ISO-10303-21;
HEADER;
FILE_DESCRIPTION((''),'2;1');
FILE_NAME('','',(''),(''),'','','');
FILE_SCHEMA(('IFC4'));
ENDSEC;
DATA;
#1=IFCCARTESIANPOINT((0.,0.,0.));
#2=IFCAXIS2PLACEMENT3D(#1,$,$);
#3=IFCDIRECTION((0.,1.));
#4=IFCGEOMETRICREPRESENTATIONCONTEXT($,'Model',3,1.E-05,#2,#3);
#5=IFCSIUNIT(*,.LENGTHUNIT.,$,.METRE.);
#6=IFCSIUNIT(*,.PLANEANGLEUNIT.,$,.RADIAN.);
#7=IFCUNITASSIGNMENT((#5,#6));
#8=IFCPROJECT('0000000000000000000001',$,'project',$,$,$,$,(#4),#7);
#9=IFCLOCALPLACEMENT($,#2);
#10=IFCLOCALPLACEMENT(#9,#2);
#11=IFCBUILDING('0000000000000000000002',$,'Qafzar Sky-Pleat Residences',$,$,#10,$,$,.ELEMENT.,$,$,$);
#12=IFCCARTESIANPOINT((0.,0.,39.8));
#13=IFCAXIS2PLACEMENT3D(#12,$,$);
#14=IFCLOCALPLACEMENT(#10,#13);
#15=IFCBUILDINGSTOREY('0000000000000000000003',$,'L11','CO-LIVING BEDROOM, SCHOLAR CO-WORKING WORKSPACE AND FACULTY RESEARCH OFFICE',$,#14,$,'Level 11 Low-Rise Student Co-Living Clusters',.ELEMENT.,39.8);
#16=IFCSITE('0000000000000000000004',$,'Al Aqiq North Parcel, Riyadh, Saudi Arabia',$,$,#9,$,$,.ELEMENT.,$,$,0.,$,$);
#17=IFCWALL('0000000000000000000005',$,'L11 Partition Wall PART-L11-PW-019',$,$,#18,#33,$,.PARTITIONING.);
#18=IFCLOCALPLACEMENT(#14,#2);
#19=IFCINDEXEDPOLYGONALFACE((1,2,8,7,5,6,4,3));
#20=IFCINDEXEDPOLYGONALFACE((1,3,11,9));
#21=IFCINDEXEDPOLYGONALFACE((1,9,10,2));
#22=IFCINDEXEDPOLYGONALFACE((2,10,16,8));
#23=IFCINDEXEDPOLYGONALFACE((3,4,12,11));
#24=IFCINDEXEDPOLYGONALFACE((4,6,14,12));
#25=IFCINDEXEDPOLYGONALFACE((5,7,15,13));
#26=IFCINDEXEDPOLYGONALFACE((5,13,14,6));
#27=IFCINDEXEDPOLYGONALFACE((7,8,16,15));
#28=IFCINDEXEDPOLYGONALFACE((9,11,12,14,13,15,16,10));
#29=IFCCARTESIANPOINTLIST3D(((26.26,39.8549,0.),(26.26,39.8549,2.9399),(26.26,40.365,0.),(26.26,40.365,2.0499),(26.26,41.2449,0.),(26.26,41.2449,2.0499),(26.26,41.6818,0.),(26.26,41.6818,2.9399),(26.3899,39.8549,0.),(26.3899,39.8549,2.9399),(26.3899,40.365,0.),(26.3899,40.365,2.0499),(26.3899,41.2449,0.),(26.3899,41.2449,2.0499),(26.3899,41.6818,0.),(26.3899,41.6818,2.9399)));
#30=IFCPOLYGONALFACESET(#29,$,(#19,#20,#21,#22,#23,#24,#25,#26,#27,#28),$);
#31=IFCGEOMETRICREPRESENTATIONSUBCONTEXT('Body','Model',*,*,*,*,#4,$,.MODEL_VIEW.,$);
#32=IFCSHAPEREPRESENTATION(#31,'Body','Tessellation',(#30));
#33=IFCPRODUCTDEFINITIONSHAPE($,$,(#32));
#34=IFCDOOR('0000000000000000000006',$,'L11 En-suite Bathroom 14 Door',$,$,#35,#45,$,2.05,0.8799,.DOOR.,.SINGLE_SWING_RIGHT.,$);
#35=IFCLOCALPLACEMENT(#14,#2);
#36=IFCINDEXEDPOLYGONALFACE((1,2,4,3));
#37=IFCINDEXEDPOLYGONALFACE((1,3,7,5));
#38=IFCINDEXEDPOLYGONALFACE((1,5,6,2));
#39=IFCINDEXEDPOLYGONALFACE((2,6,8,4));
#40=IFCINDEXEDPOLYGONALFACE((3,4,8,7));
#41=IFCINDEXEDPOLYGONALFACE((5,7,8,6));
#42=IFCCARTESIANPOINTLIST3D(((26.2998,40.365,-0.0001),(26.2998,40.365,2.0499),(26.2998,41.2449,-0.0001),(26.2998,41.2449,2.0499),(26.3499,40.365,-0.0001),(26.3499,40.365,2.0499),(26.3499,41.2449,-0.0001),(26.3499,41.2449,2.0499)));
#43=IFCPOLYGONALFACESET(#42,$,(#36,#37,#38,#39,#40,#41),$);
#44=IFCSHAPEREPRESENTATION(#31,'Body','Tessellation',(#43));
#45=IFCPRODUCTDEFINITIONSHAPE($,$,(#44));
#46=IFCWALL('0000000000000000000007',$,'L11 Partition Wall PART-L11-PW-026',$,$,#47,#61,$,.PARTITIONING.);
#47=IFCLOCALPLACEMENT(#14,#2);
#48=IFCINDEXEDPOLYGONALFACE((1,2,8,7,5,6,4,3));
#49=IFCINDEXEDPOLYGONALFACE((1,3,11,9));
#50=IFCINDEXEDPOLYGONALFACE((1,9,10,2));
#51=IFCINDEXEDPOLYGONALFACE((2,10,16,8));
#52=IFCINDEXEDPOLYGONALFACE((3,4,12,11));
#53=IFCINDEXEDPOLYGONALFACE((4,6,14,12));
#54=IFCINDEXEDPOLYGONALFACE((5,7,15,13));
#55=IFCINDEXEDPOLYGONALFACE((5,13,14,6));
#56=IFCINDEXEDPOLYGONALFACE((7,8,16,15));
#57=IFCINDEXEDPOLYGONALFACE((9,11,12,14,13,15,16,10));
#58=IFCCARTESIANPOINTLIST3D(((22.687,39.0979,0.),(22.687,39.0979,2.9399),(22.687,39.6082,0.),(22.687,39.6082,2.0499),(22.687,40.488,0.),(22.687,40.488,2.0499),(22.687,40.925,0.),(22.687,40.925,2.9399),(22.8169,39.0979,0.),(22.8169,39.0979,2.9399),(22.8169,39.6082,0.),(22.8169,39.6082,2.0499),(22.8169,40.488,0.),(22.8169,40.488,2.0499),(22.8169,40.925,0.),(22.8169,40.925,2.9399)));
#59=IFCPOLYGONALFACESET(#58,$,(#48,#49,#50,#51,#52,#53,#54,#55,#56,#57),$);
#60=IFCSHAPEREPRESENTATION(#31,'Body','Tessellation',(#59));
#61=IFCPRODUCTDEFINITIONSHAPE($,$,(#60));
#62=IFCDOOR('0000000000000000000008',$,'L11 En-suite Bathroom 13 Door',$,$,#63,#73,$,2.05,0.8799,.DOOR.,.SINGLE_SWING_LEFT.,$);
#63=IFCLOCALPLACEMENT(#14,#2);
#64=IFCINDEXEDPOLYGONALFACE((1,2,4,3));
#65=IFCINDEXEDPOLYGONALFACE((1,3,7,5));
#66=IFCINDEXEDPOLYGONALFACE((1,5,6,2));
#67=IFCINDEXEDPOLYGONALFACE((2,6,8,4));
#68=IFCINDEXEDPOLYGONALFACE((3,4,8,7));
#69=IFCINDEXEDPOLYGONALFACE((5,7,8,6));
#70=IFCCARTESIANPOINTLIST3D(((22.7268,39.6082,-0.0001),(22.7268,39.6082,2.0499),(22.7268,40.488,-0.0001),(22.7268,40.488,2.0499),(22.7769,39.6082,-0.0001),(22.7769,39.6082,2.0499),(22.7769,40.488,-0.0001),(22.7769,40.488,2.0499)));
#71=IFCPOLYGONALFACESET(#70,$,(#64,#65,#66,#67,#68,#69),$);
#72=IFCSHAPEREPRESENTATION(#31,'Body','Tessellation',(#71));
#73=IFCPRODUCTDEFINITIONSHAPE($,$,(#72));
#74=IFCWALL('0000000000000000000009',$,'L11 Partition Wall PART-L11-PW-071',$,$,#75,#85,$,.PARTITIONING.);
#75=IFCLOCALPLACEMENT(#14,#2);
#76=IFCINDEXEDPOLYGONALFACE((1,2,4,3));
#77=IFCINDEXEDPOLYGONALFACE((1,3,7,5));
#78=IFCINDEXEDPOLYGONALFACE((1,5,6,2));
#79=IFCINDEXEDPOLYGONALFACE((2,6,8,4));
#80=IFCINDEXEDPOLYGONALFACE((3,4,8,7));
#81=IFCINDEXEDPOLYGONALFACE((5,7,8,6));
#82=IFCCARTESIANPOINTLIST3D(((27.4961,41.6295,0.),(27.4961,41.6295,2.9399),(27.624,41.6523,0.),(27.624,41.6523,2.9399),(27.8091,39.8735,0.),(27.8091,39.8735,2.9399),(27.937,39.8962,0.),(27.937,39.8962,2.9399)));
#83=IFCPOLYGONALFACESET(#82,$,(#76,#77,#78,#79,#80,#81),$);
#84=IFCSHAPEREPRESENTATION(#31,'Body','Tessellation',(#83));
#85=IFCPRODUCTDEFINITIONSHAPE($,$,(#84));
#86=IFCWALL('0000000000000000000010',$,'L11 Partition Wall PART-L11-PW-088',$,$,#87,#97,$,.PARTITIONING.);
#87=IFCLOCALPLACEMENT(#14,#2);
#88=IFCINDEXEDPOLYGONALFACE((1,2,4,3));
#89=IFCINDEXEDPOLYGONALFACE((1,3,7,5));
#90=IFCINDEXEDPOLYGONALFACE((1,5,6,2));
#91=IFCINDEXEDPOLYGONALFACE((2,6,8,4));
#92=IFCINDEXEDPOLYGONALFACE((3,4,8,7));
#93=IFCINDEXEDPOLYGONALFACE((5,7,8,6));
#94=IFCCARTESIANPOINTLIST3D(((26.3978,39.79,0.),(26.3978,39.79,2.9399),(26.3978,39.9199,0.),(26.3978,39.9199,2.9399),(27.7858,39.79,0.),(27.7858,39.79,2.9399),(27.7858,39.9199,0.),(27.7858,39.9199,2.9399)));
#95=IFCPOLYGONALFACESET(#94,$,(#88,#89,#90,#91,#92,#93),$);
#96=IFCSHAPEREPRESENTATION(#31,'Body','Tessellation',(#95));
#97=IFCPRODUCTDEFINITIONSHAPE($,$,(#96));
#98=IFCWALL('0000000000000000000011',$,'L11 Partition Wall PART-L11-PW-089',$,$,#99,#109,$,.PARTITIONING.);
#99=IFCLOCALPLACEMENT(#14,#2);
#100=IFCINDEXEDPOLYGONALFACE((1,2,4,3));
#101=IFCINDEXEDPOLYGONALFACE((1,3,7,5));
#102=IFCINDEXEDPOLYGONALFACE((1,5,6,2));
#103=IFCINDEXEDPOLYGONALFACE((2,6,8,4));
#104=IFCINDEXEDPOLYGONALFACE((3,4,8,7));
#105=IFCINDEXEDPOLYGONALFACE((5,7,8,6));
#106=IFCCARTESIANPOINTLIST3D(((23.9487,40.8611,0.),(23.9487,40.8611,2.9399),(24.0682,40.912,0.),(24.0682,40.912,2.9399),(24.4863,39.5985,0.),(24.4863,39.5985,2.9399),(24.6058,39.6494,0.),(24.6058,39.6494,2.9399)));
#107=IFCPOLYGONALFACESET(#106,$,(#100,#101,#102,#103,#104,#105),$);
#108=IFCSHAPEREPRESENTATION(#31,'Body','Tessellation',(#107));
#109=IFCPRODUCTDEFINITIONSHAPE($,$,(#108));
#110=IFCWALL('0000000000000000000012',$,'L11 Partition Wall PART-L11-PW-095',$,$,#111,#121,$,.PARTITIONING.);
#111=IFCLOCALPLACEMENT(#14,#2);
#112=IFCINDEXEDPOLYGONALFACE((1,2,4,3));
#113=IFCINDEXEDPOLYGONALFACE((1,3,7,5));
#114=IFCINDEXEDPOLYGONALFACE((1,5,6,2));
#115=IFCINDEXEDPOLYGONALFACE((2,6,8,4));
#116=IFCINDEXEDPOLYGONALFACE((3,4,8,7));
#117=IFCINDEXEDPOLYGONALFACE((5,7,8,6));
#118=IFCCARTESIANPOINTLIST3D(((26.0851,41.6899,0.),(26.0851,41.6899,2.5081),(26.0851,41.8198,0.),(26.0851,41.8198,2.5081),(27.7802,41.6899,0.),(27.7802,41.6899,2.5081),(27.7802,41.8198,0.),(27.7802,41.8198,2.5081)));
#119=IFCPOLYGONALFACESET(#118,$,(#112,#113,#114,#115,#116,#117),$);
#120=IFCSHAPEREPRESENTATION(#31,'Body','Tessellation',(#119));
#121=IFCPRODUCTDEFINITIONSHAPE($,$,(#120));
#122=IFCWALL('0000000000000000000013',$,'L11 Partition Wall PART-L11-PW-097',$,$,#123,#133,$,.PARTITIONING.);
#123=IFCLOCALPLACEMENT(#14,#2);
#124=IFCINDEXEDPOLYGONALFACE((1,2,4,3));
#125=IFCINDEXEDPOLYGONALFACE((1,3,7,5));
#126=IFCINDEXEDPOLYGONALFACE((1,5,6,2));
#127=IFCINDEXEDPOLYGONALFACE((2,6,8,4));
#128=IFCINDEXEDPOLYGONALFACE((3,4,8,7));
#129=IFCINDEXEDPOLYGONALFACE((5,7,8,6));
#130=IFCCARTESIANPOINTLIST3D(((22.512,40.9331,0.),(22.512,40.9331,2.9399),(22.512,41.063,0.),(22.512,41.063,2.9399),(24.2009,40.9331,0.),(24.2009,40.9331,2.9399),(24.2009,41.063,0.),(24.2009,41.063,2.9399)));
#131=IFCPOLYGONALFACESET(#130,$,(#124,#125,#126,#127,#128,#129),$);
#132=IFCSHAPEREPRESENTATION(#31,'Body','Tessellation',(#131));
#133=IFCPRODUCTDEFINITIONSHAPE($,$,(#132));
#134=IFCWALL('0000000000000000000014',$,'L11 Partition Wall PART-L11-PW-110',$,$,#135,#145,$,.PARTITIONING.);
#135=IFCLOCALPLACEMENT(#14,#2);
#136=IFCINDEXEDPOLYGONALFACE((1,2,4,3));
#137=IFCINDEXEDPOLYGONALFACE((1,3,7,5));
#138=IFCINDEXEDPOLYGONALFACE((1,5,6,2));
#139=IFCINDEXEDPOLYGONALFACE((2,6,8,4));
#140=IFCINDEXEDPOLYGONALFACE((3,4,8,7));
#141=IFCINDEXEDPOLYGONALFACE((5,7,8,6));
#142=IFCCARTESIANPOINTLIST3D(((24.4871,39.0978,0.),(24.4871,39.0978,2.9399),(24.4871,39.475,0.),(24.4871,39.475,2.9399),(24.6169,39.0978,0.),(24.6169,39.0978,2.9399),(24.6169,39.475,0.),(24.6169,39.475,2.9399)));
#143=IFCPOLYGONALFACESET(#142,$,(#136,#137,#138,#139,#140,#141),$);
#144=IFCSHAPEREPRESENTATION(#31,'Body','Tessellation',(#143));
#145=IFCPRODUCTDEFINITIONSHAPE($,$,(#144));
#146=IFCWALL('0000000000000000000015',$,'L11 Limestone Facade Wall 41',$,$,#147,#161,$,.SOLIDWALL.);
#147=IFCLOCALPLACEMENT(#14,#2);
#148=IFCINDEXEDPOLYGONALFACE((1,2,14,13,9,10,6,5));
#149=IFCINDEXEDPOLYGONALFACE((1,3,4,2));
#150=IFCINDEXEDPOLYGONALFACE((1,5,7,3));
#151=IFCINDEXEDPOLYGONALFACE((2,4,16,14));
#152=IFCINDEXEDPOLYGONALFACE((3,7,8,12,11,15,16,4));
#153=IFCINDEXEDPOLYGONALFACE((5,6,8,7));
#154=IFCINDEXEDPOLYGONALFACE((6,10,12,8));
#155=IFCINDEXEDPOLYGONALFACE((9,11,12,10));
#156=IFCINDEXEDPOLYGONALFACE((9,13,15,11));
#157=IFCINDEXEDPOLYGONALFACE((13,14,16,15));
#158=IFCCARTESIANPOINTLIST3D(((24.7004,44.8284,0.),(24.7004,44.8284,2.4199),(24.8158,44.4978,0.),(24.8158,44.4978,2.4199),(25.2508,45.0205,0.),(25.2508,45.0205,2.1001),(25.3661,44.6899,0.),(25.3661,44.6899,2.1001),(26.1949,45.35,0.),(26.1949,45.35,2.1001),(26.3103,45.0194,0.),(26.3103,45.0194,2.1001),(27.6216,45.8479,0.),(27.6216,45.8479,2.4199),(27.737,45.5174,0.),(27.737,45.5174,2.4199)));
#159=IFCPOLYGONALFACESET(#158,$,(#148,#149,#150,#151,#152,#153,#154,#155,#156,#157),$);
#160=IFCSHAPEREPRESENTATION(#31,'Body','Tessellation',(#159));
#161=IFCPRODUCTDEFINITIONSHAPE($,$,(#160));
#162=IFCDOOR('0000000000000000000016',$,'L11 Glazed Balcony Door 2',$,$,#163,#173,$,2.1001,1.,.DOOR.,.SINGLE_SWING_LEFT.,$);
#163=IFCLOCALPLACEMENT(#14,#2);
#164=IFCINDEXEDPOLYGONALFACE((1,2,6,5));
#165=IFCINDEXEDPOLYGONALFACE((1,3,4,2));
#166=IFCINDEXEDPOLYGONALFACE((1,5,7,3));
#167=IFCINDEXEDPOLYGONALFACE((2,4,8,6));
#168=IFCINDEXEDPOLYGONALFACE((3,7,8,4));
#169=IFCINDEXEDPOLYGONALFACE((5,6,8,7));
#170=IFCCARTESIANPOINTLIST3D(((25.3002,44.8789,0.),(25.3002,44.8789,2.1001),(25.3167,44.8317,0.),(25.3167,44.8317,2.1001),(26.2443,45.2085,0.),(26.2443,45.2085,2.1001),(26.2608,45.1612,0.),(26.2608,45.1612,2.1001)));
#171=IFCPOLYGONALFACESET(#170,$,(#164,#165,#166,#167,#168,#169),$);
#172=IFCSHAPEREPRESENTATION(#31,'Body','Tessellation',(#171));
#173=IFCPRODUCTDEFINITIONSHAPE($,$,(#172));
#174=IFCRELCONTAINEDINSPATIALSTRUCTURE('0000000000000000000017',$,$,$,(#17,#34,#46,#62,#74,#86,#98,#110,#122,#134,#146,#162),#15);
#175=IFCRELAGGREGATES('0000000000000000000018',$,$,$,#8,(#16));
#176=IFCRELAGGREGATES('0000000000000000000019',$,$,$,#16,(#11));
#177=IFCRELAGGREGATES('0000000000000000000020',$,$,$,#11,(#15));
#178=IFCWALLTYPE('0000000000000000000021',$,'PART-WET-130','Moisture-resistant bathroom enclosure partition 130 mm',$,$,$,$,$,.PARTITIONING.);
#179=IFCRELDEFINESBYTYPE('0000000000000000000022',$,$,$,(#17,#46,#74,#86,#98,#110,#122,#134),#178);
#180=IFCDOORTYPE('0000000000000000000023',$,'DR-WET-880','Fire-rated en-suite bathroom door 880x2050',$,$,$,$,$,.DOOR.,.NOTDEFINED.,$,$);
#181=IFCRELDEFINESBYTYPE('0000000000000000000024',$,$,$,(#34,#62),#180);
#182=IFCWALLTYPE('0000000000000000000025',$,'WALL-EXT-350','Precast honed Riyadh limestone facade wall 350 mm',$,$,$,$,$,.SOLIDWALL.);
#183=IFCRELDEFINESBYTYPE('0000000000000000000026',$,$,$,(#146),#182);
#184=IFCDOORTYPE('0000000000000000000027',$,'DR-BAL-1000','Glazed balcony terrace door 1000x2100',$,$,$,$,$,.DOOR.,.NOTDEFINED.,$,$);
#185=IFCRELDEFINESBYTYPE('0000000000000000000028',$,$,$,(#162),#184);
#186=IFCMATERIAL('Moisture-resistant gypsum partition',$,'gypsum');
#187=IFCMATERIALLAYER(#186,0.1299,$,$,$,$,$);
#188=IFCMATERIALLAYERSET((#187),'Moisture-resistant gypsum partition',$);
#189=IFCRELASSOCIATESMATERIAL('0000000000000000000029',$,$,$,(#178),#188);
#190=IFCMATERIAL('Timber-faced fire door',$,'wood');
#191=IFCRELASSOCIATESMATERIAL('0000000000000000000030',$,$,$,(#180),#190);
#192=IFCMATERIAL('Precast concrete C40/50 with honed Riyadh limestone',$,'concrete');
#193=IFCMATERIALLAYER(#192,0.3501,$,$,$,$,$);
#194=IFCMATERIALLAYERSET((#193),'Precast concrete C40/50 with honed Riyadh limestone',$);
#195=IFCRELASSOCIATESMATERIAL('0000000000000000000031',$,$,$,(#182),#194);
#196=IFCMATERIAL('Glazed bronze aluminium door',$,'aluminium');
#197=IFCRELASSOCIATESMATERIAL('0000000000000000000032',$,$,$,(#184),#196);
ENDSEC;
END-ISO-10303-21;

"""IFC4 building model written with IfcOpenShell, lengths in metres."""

from ifc_helpers import new_model, si_unit, direction, frame, frame_2d, origin, place, context, subcontext, project, spatial, rectangle, extrude, source, transform, mapped, material, layer, layer_set, type_object, element, fill, save


model = new_model("IFC4")

# Units and contexts
model_context = context("Model", 3, precision=1e-05, world=origin(), true_north=direction((0.0, 1.0)))
body_context = subcontext(model_context, "Body", "Model", "MODEL_VIEW")
ifc_project = project(units=[si_unit("LENGTHUNIT", "METRE"), si_unit("PLANEANGLEUNIT", "RADIAN")], contexts=[model_context])

# Site, building, storey
site_placement = place(None, origin())
site = spatial("IfcSite", under=ifc_project, at=site_placement, Name="Al Aqiq North Parcel, Riyadh, Saudi Arabia", CompositionType="ELEMENT", RefElevation=0.0)
building_placement = place(site_placement, origin())
building = spatial("IfcBuilding", under=site, at=building_placement, Name="Qafzar Sky-Pleat Residences", CompositionType="ELEMENT")
storey_placement = place(building_placement, frame((0.0, 0.0, 39.8)))
storey = spatial("IfcBuildingStorey", under=building, at=storey_placement, Name="L11", Description="CO-LIVING BEDROOM, SCHOLAR CO-WORKING WORKSPACE AND FACULTY RESEARCH OFFICE", LongName="Level 11 Low-Rise Student Co-Living Clusters", CompositionType="ELEMENT", Elevation=39.8)

# Walls, openings, doors
ifc_material_1 = material(Name="Moisture-resistant gypsum partition", Category="gypsum")
ifc_layer_1 = layer(ifc_material_1, 0.1299)
ifc_layer_set_1 = layer_set([ifc_layer_1], Name="Moisture-resistant gypsum partition")
wall_type_1 = type_object("IfcWallType", Name="PART-WET-130", Description="Moisture-resistant bathroom enclosure partition 130 mm", PredefinedType="PARTITIONING", material=ifc_layer_set_1)
wall_1_placement = place(storey_placement, frame((26.325, 41.6819, 0.0), z_axis=(0.0, 0.0, 1.0), x_axis=(0.0, -1.0, 0.0)))
wall_1 = element("IfcWall", 1, at=wall_1_placement, inside=storey, type_object=wall_type_1, Name="L11 Partition Wall PART-L11-PW-019", PredefinedType="PARTITIONING", context=body_context, shape_type="SweptSolid", body=[
    extrude(rectangle(XDim=1.8269, YDim=0.1299, at=frame_2d((0.9136, 0.0))), origin(), (0.0, 0.0, 1.0), 2.9399),
])
opening_1_placement = place(wall_1_placement, frame((0.437, 0.0, 0.0)))
opening_1 = element("IfcOpeningElement", 2, at=opening_1_placement, cuts=wall_1, PredefinedType="OPENING", context=body_context, shape_type="SweptSolid", body=[
    extrude(rectangle(XDim=0.8799, YDim=2.05, at=frame_2d((0.4399, 1.0249))), frame((0.0, 0.075, 0.0), z_axis=(0.0, -1.0, 0.0), x_axis=(1.0, 0.0, 0.0)), (0.0, 0.0, 1.0), 0.1499),
])
ifc_material_2 = material(Name="Timber-faced fire door", Category="wood")
door_type_1 = type_object("IfcDoorType", Name="DR-WET-880", Description="Fire-rated en-suite bathroom door 880x2050", OperationType="NOTDEFINED", PredefinedType="DOOR", material=ifc_material_2)
shared_shape_1 = source(origin(), body_context, "Body", "SweptSolid", [
    extrude(rectangle(XDim=0.8799, YDim=2.05, at=frame_2d((0.4399, 1.0249))), frame((0.0, 0.0249, 0.0), z_axis=(0.0, -1.0, 0.0), x_axis=(1.0, 0.0, 0.0)), (0.0, 0.0, 1.0), 0.05),
])
door_1_placement = place(opening_1_placement, origin())
door_1 = element("IfcDoor", 3, at=door_1_placement, inside=storey, type_object=door_type_1, Name="L11 En-suite Bathroom 14 Door", OperationType="SINGLE_SWING_RIGHT", OverallHeight=2.05, OverallWidth=0.8799, PredefinedType="DOOR", context=body_context, shape_type="MappedRepresentation", body=[
    mapped(shared_shape_1, transform((0.0, 0.0, 0.0), x_axis=(1.0, 0.0, 0.0), y_axis=(0.0, 1.0, 0.0), z_axis=(0.0, 0.0, 1.0), scale=1.0)),
])
fill(opening_1, door_1)
wall_2_placement = place(storey_placement, frame((22.752, 40.925, 0.0), z_axis=(0.0, 0.0, 1.0), x_axis=(0.0, -1.0, 0.0)))
wall_2 = element("IfcWall", 4, at=wall_2_placement, inside=storey, type_object=wall_type_1, Name="L11 Partition Wall PART-L11-PW-026", PredefinedType="PARTITIONING", context=body_context, shape_type="SweptSolid", body=[
    extrude(rectangle(XDim=1.8271, YDim=0.1299, at=frame_2d((0.9136, 0.0))), origin(), (0.0, 0.0, 1.0), 2.9399),
])
opening_2_placement = place(wall_2_placement, frame((0.437, 0.0, 0.0)))
opening_2 = element("IfcOpeningElement", 5, at=opening_2_placement, cuts=wall_2, PredefinedType="OPENING", context=body_context, shape_type="SweptSolid", body=[
    extrude(rectangle(XDim=0.8799, YDim=2.05, at=frame_2d((0.4399, 1.0249))), frame((0.0, 0.075, 0.0), z_axis=(0.0, -1.0, 0.0), x_axis=(1.0, 0.0, 0.0)), (0.0, 0.0, 1.0), 0.1499),
])
door_2_placement = place(opening_2_placement, origin())
door_2 = element("IfcDoor", 6, at=door_2_placement, inside=storey, type_object=door_type_1, Name="L11 En-suite Bathroom 13 Door", OperationType="SINGLE_SWING_LEFT", OverallHeight=2.05, OverallWidth=0.8799, PredefinedType="DOOR", context=body_context, shape_type="MappedRepresentation", body=[
    mapped(shared_shape_1, transform((0.0, 0.0, 0.0), x_axis=(1.0, 0.0, 0.0), y_axis=(0.0, 1.0, 0.0), z_axis=(0.0, 0.0, 1.0), scale=1.0)),
])
fill(opening_2, door_2)

# Walls
wall_3_placement = place(storey_placement, frame((27.5601, 41.6409, 0.0), z_axis=(0.0, 0.0, 1.0), x_axis=(0.175464, -0.984486, 0.0)))
element("IfcWall", 7, at=wall_3_placement, inside=storey, type_object=wall_type_1, Name="L11 Partition Wall PART-L11-PW-071", PredefinedType="PARTITIONING", context=body_context, shape_type="SweptSolid", body=[
    extrude(rectangle(XDim=1.7837, YDim=0.1299, at=frame_2d((0.8918, 0.0))), origin(), (0.0, 0.0, 1.0), 2.9399),
])
wall_4_placement = place(storey_placement, frame((26.3979, 39.855, 0.0), z_axis=(0.0, 0.0, 1.0), x_axis=(1.0, 0.0, 0.0)))
element("IfcWall", 8, at=wall_4_placement, inside=storey, type_object=wall_type_1, Name="L11 Partition Wall PART-L11-PW-088", PredefinedType="PARTITIONING", context=body_context, shape_type="SweptSolid", body=[
    extrude(rectangle(XDim=1.3879, YDim=0.1299, at=frame_2d((0.6938, 0.0))), origin(), (0.0, 0.0, 1.0), 2.9399),
])
wall_5_placement = place(storey_placement, frame((24.0085, 40.8865, 0.0), z_axis=(0.0, 0.0, 1.0), x_axis=(0.391728, -0.920081, 0.0)))
element("IfcWall", 9, at=wall_5_placement, inside=storey, type_object=wall_type_1, Name="L11 Partition Wall PART-L11-PW-089", PredefinedType="PARTITIONING", context=body_context, shape_type="SweptSolid", body=[
    extrude(rectangle(XDim=1.3723, YDim=0.1299, at=frame_2d((0.686, 0.0))), origin(), (0.0, 0.0, 1.0), 2.9399),
])
wall_6_placement = place(storey_placement, frame((26.085, 41.7549, 0.0), z_axis=(0.0, 0.0, 1.0), x_axis=(1.0, 0.0, 0.0)))
element("IfcWall", 10, at=wall_6_placement, inside=storey, type_object=wall_type_1, Name="L11 Partition Wall PART-L11-PW-095", PredefinedType="PARTITIONING", context=body_context, shape_type="SweptSolid", body=[
    extrude(rectangle(XDim=1.6951, YDim=0.1299, at=frame_2d((0.8477, 0.0))), origin(), (0.0, 0.0, 1.0), 2.5081),
])
wall_7_placement = place(storey_placement, frame((22.512, 40.998, 0.0), z_axis=(0.0, 0.0, 1.0), x_axis=(1.0, 0.0, 0.0)))
element("IfcWall", 11, at=wall_7_placement, inside=storey, type_object=wall_type_1, Name="L11 Partition Wall PART-L11-PW-097", PredefinedType="PARTITIONING", context=body_context, shape_type="SweptSolid", body=[
    extrude(rectangle(XDim=1.689, YDim=0.1299, at=frame_2d((0.8445, 0.0))), origin(), (0.0, 0.0, 1.0), 2.9399),
])
wall_8_placement = place(storey_placement, frame((24.552, 39.0979, 0.0), z_axis=(0.0, 0.0, 1.0), x_axis=(0.0, 1.0, 0.0)))
element("IfcWall", 12, at=wall_8_placement, inside=storey, type_object=wall_type_1, Name="L11 Partition Wall PART-L11-PW-110", PredefinedType="PARTITIONING", context=body_context, shape_type="SweptSolid", body=[
    extrude(rectangle(XDim=0.3772, YDim=0.1299, at=frame_2d((0.1885, 0.0))), origin(), (0.0, 0.0, 1.0), 2.9399),
])

# Wall, opening, door
ifc_material_3 = material(Name="Precast concrete C40/50 with honed Riyadh limestone", Category="concrete")
ifc_layer_2 = layer(ifc_material_3, 0.3501)
ifc_layer_set_2 = layer_set([ifc_layer_2], Name="Precast concrete C40/50 with honed Riyadh limestone")
wall_type_2 = type_object("IfcWallType", Name="WALL-EXT-350", Description="Precast honed Riyadh limestone facade wall 350 mm", PredefinedType="SOLIDWALL", material=ifc_layer_set_2)
wall_9_placement = place(storey_placement, frame((27.6792, 45.6826, 0.0), z_axis=(0.0, 0.0, 1.0), x_axis=(-0.944147, -0.329524, 0.0)))
wall_9 = element("IfcWall", 13, at=wall_9_placement, inside=storey, type_object=wall_type_2, Name="L11 Limestone Facade Wall 41", PredefinedType="SOLIDWALL", context=body_context, shape_type="SweptSolid", body=[
    extrude(rectangle(XDim=3.094, YDim=0.3501, at=frame_2d((1.5469, 0.0))), origin(), (0.0, 0.0, 1.0), 2.4199),
])
opening_3_placement = place(wall_9_placement, frame((1.511, 0.0, 0.0)))
opening_3 = element("IfcOpeningElement", 14, at=opening_3_placement, cuts=wall_9, PredefinedType="OPENING", context=body_context, shape_type="SweptSolid", body=[
    extrude(rectangle(XDim=1.0, YDim=2.1001, at=frame_2d((0.5, 1.05))), frame((0.0, 0.1851, 0.0), z_axis=(0.0, -1.0, 0.0), x_axis=(1.0, 0.0, 0.0)), (0.0, 0.0, 1.0), 0.3701),
])
ifc_material_4 = material(Name="Glazed bronze aluminium door", Category="aluminium")
door_type_2 = type_object("IfcDoorType", Name="DR-BAL-1000", Description="Glazed balcony terrace door 1000x2100", OperationType="NOTDEFINED", PredefinedType="DOOR", material=ifc_material_4)
shared_shape_2 = source(origin(), body_context, "Body", "SweptSolid", [
    extrude(rectangle(XDim=1.0, YDim=2.1001, at=frame_2d((0.5, 1.05))), frame((0.0, 0.0249, 0.0), z_axis=(0.0, -1.0, 0.0), x_axis=(1.0, 0.0, 0.0)), (0.0, 0.0, 1.0), 0.05),
])
door_3_placement = place(opening_3_placement, origin())
door_3 = element("IfcDoor", 15, at=door_3_placement, inside=storey, type_object=door_type_2, Name="L11 Glazed Balcony Door 2", OperationType="SINGLE_SWING_LEFT", OverallHeight=2.1001, OverallWidth=1.0, PredefinedType="DOOR", context=body_context, shape_type="MappedRepresentation", body=[
    mapped(shared_shape_2, transform((0.0, 0.0, 0.0), x_axis=(1.0, 0.0, 0.0), y_axis=(0.0, 1.0, 0.0), z_axis=(0.0, 0.0, 1.0), scale=1.0)),
])
fill(opening_3, door_3)

save(model, "model.ifc")
